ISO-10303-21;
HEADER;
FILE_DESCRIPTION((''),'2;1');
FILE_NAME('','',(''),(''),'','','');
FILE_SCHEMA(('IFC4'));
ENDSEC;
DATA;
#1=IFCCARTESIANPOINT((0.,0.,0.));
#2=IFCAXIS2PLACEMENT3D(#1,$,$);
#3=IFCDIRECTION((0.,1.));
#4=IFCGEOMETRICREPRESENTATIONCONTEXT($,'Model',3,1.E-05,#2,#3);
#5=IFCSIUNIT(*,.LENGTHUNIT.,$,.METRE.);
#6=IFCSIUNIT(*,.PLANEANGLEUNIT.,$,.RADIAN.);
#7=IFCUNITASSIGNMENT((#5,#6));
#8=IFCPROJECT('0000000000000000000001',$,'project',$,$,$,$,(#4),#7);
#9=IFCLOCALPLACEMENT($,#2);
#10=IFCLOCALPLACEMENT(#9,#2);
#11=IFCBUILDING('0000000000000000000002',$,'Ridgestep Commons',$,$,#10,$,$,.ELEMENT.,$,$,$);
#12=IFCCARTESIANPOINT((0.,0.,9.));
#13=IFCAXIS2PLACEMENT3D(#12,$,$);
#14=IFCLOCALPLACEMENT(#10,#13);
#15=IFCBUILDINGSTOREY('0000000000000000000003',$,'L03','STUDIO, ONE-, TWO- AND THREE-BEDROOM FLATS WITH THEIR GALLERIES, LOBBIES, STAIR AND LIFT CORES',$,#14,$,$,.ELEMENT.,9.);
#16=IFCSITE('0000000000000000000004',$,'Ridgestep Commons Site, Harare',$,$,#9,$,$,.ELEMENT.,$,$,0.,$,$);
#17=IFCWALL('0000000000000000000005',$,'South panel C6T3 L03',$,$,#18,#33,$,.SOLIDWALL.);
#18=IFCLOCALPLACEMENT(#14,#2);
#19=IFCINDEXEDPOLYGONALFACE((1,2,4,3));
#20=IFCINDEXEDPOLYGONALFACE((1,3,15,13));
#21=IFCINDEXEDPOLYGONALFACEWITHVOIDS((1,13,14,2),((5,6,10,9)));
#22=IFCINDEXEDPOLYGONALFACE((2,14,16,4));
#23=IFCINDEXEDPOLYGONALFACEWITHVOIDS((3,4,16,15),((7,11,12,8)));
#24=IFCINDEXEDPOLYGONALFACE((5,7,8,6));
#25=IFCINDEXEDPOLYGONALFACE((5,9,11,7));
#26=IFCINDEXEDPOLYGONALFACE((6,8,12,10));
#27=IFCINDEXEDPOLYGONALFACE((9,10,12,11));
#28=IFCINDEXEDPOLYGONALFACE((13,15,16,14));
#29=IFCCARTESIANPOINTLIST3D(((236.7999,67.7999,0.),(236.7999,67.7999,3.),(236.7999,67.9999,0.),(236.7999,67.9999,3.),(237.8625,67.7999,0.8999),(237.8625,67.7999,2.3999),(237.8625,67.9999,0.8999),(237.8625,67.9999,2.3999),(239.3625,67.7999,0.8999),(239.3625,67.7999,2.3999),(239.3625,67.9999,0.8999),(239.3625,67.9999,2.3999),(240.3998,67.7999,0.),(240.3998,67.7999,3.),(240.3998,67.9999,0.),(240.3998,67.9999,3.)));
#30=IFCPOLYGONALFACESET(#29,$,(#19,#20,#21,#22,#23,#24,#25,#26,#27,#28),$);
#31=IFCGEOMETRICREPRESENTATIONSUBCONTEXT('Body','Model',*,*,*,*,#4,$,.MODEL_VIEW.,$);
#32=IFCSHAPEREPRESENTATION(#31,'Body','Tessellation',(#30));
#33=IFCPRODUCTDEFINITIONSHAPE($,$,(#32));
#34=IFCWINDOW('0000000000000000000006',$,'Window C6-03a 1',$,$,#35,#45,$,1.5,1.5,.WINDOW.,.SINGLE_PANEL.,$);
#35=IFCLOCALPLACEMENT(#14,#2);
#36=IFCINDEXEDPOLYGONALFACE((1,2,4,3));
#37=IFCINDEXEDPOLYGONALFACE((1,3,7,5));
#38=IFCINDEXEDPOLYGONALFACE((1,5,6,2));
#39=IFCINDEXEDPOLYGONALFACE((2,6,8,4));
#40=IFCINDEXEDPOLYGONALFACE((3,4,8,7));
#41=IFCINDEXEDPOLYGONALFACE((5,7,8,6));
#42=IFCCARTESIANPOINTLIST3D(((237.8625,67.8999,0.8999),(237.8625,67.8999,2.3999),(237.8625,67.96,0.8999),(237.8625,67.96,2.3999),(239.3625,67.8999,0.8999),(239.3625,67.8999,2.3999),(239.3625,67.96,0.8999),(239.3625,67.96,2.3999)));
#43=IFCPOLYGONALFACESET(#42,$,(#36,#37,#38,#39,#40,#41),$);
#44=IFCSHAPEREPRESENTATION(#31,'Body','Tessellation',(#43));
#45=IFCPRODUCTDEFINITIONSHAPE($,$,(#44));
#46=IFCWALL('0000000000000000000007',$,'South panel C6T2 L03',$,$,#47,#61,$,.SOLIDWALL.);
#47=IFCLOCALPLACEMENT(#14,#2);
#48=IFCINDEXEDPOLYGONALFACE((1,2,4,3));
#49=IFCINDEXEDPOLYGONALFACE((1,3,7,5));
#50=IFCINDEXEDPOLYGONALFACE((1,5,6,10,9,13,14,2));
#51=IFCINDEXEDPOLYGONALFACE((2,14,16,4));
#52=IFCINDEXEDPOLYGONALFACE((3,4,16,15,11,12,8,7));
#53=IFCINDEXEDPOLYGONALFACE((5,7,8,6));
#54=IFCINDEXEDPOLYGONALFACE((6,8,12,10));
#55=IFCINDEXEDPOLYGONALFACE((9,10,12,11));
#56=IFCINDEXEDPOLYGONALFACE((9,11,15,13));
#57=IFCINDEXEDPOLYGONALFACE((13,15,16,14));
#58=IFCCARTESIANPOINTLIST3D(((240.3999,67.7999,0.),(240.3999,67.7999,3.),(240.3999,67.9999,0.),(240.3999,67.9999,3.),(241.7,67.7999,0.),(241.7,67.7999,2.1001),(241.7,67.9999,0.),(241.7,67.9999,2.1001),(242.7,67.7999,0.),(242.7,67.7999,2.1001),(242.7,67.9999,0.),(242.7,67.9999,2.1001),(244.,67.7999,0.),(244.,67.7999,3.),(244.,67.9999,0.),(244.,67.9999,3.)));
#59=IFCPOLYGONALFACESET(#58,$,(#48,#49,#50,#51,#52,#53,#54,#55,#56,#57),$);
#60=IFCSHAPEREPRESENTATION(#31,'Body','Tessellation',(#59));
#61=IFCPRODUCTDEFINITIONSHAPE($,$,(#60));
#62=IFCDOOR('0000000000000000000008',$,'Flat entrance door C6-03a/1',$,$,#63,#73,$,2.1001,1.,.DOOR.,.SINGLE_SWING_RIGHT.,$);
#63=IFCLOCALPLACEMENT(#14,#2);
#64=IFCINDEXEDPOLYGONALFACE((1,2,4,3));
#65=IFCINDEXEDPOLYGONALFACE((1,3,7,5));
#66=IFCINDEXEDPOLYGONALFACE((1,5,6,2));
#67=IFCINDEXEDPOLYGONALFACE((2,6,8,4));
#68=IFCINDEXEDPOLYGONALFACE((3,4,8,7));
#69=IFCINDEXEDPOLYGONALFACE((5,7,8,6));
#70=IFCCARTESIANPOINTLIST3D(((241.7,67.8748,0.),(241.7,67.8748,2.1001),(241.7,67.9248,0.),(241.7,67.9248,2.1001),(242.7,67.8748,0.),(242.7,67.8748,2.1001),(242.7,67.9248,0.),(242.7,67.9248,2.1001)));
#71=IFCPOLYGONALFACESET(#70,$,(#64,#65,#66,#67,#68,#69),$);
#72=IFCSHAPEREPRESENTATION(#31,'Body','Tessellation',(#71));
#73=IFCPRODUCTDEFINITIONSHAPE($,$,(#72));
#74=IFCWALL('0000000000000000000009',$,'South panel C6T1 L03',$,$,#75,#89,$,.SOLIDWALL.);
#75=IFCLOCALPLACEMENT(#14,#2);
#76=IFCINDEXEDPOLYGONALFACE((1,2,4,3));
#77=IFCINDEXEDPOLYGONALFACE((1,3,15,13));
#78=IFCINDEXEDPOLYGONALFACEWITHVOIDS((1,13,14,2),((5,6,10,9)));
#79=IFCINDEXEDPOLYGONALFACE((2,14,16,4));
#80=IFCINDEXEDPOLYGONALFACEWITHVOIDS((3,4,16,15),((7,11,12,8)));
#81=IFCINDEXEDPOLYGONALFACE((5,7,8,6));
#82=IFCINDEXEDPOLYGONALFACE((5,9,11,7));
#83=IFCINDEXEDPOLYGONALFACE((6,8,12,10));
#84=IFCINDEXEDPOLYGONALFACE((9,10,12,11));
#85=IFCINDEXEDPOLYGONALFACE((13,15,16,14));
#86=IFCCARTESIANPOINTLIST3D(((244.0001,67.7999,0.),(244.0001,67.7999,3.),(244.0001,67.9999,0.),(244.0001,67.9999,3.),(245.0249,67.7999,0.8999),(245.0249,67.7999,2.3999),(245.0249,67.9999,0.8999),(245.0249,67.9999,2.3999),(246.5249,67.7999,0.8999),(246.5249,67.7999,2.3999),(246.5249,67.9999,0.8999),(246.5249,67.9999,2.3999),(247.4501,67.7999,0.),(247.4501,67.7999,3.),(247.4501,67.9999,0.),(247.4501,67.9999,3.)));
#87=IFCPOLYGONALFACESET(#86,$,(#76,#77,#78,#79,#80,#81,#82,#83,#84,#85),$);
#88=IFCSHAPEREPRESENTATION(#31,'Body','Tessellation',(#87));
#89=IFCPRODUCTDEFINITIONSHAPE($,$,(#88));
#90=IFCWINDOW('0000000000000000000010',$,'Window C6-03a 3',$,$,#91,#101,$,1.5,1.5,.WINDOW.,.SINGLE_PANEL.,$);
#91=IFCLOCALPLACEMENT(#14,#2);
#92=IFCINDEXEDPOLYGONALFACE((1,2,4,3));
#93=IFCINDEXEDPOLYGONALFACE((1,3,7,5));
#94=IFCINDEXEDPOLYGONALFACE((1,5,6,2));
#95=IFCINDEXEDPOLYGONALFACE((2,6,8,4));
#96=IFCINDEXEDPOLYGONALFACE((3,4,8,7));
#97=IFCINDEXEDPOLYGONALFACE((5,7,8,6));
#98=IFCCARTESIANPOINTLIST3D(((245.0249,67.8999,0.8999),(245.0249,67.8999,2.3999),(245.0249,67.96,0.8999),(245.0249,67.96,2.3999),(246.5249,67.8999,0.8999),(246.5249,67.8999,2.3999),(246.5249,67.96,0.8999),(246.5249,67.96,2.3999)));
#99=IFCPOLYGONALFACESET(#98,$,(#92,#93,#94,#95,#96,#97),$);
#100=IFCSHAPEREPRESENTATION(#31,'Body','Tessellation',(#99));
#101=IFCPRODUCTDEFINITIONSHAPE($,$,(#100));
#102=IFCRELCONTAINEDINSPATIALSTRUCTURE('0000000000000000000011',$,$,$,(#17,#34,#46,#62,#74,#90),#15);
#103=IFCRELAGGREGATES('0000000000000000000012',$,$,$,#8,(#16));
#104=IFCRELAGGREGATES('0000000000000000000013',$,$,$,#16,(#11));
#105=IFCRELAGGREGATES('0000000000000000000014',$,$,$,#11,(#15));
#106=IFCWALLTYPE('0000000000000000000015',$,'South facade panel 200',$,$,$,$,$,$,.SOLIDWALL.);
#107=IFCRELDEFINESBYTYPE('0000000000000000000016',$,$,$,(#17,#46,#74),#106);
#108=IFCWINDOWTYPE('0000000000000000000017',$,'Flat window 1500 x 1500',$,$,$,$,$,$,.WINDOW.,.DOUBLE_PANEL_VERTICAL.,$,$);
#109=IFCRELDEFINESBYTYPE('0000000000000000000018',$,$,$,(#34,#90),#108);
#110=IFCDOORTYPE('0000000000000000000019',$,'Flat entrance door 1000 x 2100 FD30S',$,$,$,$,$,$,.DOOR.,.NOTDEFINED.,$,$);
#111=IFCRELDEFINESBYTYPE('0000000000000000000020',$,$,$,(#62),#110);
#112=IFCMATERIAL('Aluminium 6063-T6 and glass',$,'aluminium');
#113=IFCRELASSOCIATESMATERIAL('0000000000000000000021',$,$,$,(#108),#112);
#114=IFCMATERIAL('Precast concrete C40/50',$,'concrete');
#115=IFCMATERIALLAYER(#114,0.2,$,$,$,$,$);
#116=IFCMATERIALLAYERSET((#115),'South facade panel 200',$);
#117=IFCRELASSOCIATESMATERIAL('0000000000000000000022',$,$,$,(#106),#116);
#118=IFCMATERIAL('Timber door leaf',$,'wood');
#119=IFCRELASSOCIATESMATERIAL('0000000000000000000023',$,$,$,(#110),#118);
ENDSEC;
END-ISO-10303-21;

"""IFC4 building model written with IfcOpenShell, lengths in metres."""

from ifc_helpers import new_model, si_unit, direction, frame, frame_2d, origin, place, context, subcontext, project, spatial, rectangle, extrude, material, layer, layer_set, type_object, element, fill, save


model = new_model("IFC4")

# Units and contexts
model_context = context("Model", 3, precision=1e-05, world=origin(), true_north=direction((0.0, 1.0)))
body_context = subcontext(model_context, "Body", "Model", "MODEL_VIEW")
ifc_project = project(units=[si_unit("LENGTHUNIT", "METRE"), si_unit("PLANEANGLEUNIT", "RADIAN")], contexts=[model_context])

# Site, building, storey
site_placement = place(None, origin())
site = spatial("IfcSite", under=ifc_project, at=site_placement, Name="Ridgestep Commons Site, Harare", CompositionType="ELEMENT", RefElevation=0.0)
building_placement = place(site_placement, origin())
building = spatial("IfcBuilding", under=site, at=building_placement, Name="Ridgestep Commons", CompositionType="ELEMENT")
storey_placement = place(building_placement, frame((0.0, 0.0, 9.0)))
storey = spatial("IfcBuildingStorey", under=building, at=storey_placement, Name="L03", Description="STUDIO, ONE-, TWO- AND THREE-BEDROOM FLATS WITH THEIR GALLERIES, LOBBIES, STAIR AND LIFT CORES", CompositionType="ELEMENT", Elevation=9.0)

# Shared definitions
ifc_material_1 = material(Name="Aluminium 6063-T6 and glass", Category="aluminium")
window_type_1 = type_object("IfcWindowType", Name="Flat window 1500 x 1500", PartitioningType="DOUBLE_PANEL_VERTICAL", PredefinedType="WINDOW", material=ifc_material_1)

# Wall, opening, window
ifc_material_2 = material(Name="Precast concrete C40/50", Category="concrete")
ifc_layer_1 = layer(ifc_material_2, 0.2)
ifc_layer_set_1 = layer_set([ifc_layer_1], Name="South facade panel 200")
wall_type_1 = type_object("IfcWallType", Name="South facade panel 200", PredefinedType="SOLIDWALL", material=ifc_layer_set_1)
wall_1_placement = place(storey_placement, frame((236.8, 67.8999, 0.0), z_axis=(0.0, 0.0, 1.0), x_axis=(1.0, 0.0, 0.0)))
wall_1 = element("IfcWall", 1, at=wall_1_placement, inside=storey, type_object=wall_type_1, Name="South panel C6T3 L03", PredefinedType="SOLIDWALL", context=body_context, shape_type="SweptSolid", body=[
    extrude(rectangle(XDim=3.5999, YDim=0.2, at=frame_2d((1.7998, 0.0))), origin(), (0.0, 0.0, 1.0), 3.0),
])
opening_1_placement = place(wall_1_placement, frame((1.0625, 0.0, 0.8999)))
opening_1 = element("IfcOpeningElement", 2, at=opening_1_placement, cuts=wall_1, PredefinedType="OPENING", context=body_context, shape_type="SweptSolid", body=[
    extrude(rectangle(XDim=1.5, YDim=1.5, at=frame_2d((0.75, 0.75))), frame((0.0, 0.1099, 0.0), z_axis=(0.0, -1.0, 0.0), x_axis=(1.0, 0.0, 0.0)), (0.0, 0.0, 1.0), 0.22),
])
window_1_placement = place(opening_1_placement, origin())
window_1 = element("IfcWindow", 3, at=window_1_placement, inside=storey, type_object=window_type_1, Name="Window C6-03a 1", OverallHeight=1.5, OverallWidth=1.5, PartitioningType="SINGLE_PANEL", PredefinedType="WINDOW", context=body_context, shape_type="SweptSolid", body=[
    extrude(rectangle(XDim=1.5, YDim=1.5, at=frame_2d((0.75, 0.75))), frame((0.0, 0.0601, 0.0), z_axis=(0.0, -1.0, 0.0), x_axis=(1.0, 0.0, 0.0)), (0.0, 0.0, 1.0), 0.0601),
])
fill(opening_1, window_1)

# Wall, opening, door
wall_2_placement = place(storey_placement, frame((240.3999, 67.8999, 0.0), z_axis=(0.0, 0.0, 1.0), x_axis=(1.0, 0.0, 0.0)))
wall_2 = element("IfcWall", 4, at=wall_2_placement, inside=storey, type_object=wall_type_1, Name="South panel C6T2 L03", PredefinedType="SOLIDWALL", context=body_context, shape_type="SweptSolid", body=[
    extrude(rectangle(XDim=3.6001, YDim=0.2, at=frame_2d((1.8, 0.0))), origin(), (0.0, 0.0, 1.0), 3.0),
])
opening_2_placement = place(wall_2_placement, frame((1.3, 0.0, 0.0)))
opening_2 = element("IfcOpeningElement", 5, at=opening_2_placement, cuts=wall_2, PredefinedType="OPENING", context=body_context, shape_type="SweptSolid", body=[
    extrude(rectangle(XDim=1.0, YDim=2.1001, at=frame_2d((0.5, 1.05))), frame((0.0, 0.1099, 0.0), z_axis=(0.0, -1.0, 0.0), x_axis=(1.0, 0.0, 0.0)), (0.0, 0.0, 1.0), 0.22),
])
ifc_material_3 = material(Name="Timber door leaf", Category="wood")
door_type = type_object("IfcDoorType", Name="Flat entrance door 1000 x 2100 FD30S", OperationType="NOTDEFINED", PredefinedType="DOOR", material=ifc_material_3)
door_placement = place(opening_2_placement, origin())
door = element("IfcDoor", 6, at=door_placement, inside=storey, type_object=door_type, Name="Flat entrance door C6-03a/1", OperationType="SINGLE_SWING_RIGHT", OverallHeight=2.1001, OverallWidth=1.0, PredefinedType="DOOR", context=body_context, shape_type="SweptSolid", body=[
    extrude(rectangle(XDim=1.0, YDim=2.1001, at=frame_2d((0.5, 1.05))), frame((0.0, 0.0249, 0.0), z_axis=(0.0, -1.0, 0.0), x_axis=(1.0, 0.0, 0.0)), (0.0, 0.0, 1.0), 0.05),
])
fill(opening_2, door)

# Wall, opening, window
wall_3_placement = place(storey_placement, frame((244.0, 67.8999, 0.0), z_axis=(0.0, 0.0, 1.0), x_axis=(1.0, 0.0, 0.0)))
wall_3 = element("IfcWall", 7, at=wall_3_placement, inside=storey, type_object=wall_type_1, Name="South panel C6T1 L03", PredefinedType="SOLIDWALL", context=body_context, shape_type="SweptSolid", body=[
    extrude(rectangle(XDim=3.45, YDim=0.2, at=frame_2d((1.7251, 0.0))), origin(), (0.0, 0.0, 1.0), 3.0),
])
opening_3_placement = place(wall_3_placement, frame((1.0249, 0.0, 0.8999)))
opening_3 = element("IfcOpeningElement", 8, at=opening_3_placement, cuts=wall_3, PredefinedType="OPENING", context=body_context, shape_type="SweptSolid", body=[
    extrude(rectangle(XDim=1.5, YDim=1.5, at=frame_2d((0.75, 0.75))), frame((0.0, 0.1099, 0.0), z_axis=(0.0, -1.0, 0.0), x_axis=(1.0, 0.0, 0.0)), (0.0, 0.0, 1.0), 0.22),
])
window_2_placement = place(opening_3_placement, origin())
window_2 = element("IfcWindow", 9, at=window_2_placement, inside=storey, type_object=window_type_1, Name="Window C6-03a 3", OverallHeight=1.5, OverallWidth=1.5, PartitioningType="SINGLE_PANEL", PredefinedType="WINDOW", context=body_context, shape_type="SweptSolid", body=[
    extrude(rectangle(XDim=1.5, YDim=1.5, at=frame_2d((0.75, 0.75))), frame((0.0, 0.0601, 0.0), z_axis=(0.0, -1.0, 0.0), x_axis=(1.0, 0.0, 0.0)), (0.0, 0.0, 1.0), 0.0601),
])
fill(opening_3, window_2)

save(model, "model.ifc")
